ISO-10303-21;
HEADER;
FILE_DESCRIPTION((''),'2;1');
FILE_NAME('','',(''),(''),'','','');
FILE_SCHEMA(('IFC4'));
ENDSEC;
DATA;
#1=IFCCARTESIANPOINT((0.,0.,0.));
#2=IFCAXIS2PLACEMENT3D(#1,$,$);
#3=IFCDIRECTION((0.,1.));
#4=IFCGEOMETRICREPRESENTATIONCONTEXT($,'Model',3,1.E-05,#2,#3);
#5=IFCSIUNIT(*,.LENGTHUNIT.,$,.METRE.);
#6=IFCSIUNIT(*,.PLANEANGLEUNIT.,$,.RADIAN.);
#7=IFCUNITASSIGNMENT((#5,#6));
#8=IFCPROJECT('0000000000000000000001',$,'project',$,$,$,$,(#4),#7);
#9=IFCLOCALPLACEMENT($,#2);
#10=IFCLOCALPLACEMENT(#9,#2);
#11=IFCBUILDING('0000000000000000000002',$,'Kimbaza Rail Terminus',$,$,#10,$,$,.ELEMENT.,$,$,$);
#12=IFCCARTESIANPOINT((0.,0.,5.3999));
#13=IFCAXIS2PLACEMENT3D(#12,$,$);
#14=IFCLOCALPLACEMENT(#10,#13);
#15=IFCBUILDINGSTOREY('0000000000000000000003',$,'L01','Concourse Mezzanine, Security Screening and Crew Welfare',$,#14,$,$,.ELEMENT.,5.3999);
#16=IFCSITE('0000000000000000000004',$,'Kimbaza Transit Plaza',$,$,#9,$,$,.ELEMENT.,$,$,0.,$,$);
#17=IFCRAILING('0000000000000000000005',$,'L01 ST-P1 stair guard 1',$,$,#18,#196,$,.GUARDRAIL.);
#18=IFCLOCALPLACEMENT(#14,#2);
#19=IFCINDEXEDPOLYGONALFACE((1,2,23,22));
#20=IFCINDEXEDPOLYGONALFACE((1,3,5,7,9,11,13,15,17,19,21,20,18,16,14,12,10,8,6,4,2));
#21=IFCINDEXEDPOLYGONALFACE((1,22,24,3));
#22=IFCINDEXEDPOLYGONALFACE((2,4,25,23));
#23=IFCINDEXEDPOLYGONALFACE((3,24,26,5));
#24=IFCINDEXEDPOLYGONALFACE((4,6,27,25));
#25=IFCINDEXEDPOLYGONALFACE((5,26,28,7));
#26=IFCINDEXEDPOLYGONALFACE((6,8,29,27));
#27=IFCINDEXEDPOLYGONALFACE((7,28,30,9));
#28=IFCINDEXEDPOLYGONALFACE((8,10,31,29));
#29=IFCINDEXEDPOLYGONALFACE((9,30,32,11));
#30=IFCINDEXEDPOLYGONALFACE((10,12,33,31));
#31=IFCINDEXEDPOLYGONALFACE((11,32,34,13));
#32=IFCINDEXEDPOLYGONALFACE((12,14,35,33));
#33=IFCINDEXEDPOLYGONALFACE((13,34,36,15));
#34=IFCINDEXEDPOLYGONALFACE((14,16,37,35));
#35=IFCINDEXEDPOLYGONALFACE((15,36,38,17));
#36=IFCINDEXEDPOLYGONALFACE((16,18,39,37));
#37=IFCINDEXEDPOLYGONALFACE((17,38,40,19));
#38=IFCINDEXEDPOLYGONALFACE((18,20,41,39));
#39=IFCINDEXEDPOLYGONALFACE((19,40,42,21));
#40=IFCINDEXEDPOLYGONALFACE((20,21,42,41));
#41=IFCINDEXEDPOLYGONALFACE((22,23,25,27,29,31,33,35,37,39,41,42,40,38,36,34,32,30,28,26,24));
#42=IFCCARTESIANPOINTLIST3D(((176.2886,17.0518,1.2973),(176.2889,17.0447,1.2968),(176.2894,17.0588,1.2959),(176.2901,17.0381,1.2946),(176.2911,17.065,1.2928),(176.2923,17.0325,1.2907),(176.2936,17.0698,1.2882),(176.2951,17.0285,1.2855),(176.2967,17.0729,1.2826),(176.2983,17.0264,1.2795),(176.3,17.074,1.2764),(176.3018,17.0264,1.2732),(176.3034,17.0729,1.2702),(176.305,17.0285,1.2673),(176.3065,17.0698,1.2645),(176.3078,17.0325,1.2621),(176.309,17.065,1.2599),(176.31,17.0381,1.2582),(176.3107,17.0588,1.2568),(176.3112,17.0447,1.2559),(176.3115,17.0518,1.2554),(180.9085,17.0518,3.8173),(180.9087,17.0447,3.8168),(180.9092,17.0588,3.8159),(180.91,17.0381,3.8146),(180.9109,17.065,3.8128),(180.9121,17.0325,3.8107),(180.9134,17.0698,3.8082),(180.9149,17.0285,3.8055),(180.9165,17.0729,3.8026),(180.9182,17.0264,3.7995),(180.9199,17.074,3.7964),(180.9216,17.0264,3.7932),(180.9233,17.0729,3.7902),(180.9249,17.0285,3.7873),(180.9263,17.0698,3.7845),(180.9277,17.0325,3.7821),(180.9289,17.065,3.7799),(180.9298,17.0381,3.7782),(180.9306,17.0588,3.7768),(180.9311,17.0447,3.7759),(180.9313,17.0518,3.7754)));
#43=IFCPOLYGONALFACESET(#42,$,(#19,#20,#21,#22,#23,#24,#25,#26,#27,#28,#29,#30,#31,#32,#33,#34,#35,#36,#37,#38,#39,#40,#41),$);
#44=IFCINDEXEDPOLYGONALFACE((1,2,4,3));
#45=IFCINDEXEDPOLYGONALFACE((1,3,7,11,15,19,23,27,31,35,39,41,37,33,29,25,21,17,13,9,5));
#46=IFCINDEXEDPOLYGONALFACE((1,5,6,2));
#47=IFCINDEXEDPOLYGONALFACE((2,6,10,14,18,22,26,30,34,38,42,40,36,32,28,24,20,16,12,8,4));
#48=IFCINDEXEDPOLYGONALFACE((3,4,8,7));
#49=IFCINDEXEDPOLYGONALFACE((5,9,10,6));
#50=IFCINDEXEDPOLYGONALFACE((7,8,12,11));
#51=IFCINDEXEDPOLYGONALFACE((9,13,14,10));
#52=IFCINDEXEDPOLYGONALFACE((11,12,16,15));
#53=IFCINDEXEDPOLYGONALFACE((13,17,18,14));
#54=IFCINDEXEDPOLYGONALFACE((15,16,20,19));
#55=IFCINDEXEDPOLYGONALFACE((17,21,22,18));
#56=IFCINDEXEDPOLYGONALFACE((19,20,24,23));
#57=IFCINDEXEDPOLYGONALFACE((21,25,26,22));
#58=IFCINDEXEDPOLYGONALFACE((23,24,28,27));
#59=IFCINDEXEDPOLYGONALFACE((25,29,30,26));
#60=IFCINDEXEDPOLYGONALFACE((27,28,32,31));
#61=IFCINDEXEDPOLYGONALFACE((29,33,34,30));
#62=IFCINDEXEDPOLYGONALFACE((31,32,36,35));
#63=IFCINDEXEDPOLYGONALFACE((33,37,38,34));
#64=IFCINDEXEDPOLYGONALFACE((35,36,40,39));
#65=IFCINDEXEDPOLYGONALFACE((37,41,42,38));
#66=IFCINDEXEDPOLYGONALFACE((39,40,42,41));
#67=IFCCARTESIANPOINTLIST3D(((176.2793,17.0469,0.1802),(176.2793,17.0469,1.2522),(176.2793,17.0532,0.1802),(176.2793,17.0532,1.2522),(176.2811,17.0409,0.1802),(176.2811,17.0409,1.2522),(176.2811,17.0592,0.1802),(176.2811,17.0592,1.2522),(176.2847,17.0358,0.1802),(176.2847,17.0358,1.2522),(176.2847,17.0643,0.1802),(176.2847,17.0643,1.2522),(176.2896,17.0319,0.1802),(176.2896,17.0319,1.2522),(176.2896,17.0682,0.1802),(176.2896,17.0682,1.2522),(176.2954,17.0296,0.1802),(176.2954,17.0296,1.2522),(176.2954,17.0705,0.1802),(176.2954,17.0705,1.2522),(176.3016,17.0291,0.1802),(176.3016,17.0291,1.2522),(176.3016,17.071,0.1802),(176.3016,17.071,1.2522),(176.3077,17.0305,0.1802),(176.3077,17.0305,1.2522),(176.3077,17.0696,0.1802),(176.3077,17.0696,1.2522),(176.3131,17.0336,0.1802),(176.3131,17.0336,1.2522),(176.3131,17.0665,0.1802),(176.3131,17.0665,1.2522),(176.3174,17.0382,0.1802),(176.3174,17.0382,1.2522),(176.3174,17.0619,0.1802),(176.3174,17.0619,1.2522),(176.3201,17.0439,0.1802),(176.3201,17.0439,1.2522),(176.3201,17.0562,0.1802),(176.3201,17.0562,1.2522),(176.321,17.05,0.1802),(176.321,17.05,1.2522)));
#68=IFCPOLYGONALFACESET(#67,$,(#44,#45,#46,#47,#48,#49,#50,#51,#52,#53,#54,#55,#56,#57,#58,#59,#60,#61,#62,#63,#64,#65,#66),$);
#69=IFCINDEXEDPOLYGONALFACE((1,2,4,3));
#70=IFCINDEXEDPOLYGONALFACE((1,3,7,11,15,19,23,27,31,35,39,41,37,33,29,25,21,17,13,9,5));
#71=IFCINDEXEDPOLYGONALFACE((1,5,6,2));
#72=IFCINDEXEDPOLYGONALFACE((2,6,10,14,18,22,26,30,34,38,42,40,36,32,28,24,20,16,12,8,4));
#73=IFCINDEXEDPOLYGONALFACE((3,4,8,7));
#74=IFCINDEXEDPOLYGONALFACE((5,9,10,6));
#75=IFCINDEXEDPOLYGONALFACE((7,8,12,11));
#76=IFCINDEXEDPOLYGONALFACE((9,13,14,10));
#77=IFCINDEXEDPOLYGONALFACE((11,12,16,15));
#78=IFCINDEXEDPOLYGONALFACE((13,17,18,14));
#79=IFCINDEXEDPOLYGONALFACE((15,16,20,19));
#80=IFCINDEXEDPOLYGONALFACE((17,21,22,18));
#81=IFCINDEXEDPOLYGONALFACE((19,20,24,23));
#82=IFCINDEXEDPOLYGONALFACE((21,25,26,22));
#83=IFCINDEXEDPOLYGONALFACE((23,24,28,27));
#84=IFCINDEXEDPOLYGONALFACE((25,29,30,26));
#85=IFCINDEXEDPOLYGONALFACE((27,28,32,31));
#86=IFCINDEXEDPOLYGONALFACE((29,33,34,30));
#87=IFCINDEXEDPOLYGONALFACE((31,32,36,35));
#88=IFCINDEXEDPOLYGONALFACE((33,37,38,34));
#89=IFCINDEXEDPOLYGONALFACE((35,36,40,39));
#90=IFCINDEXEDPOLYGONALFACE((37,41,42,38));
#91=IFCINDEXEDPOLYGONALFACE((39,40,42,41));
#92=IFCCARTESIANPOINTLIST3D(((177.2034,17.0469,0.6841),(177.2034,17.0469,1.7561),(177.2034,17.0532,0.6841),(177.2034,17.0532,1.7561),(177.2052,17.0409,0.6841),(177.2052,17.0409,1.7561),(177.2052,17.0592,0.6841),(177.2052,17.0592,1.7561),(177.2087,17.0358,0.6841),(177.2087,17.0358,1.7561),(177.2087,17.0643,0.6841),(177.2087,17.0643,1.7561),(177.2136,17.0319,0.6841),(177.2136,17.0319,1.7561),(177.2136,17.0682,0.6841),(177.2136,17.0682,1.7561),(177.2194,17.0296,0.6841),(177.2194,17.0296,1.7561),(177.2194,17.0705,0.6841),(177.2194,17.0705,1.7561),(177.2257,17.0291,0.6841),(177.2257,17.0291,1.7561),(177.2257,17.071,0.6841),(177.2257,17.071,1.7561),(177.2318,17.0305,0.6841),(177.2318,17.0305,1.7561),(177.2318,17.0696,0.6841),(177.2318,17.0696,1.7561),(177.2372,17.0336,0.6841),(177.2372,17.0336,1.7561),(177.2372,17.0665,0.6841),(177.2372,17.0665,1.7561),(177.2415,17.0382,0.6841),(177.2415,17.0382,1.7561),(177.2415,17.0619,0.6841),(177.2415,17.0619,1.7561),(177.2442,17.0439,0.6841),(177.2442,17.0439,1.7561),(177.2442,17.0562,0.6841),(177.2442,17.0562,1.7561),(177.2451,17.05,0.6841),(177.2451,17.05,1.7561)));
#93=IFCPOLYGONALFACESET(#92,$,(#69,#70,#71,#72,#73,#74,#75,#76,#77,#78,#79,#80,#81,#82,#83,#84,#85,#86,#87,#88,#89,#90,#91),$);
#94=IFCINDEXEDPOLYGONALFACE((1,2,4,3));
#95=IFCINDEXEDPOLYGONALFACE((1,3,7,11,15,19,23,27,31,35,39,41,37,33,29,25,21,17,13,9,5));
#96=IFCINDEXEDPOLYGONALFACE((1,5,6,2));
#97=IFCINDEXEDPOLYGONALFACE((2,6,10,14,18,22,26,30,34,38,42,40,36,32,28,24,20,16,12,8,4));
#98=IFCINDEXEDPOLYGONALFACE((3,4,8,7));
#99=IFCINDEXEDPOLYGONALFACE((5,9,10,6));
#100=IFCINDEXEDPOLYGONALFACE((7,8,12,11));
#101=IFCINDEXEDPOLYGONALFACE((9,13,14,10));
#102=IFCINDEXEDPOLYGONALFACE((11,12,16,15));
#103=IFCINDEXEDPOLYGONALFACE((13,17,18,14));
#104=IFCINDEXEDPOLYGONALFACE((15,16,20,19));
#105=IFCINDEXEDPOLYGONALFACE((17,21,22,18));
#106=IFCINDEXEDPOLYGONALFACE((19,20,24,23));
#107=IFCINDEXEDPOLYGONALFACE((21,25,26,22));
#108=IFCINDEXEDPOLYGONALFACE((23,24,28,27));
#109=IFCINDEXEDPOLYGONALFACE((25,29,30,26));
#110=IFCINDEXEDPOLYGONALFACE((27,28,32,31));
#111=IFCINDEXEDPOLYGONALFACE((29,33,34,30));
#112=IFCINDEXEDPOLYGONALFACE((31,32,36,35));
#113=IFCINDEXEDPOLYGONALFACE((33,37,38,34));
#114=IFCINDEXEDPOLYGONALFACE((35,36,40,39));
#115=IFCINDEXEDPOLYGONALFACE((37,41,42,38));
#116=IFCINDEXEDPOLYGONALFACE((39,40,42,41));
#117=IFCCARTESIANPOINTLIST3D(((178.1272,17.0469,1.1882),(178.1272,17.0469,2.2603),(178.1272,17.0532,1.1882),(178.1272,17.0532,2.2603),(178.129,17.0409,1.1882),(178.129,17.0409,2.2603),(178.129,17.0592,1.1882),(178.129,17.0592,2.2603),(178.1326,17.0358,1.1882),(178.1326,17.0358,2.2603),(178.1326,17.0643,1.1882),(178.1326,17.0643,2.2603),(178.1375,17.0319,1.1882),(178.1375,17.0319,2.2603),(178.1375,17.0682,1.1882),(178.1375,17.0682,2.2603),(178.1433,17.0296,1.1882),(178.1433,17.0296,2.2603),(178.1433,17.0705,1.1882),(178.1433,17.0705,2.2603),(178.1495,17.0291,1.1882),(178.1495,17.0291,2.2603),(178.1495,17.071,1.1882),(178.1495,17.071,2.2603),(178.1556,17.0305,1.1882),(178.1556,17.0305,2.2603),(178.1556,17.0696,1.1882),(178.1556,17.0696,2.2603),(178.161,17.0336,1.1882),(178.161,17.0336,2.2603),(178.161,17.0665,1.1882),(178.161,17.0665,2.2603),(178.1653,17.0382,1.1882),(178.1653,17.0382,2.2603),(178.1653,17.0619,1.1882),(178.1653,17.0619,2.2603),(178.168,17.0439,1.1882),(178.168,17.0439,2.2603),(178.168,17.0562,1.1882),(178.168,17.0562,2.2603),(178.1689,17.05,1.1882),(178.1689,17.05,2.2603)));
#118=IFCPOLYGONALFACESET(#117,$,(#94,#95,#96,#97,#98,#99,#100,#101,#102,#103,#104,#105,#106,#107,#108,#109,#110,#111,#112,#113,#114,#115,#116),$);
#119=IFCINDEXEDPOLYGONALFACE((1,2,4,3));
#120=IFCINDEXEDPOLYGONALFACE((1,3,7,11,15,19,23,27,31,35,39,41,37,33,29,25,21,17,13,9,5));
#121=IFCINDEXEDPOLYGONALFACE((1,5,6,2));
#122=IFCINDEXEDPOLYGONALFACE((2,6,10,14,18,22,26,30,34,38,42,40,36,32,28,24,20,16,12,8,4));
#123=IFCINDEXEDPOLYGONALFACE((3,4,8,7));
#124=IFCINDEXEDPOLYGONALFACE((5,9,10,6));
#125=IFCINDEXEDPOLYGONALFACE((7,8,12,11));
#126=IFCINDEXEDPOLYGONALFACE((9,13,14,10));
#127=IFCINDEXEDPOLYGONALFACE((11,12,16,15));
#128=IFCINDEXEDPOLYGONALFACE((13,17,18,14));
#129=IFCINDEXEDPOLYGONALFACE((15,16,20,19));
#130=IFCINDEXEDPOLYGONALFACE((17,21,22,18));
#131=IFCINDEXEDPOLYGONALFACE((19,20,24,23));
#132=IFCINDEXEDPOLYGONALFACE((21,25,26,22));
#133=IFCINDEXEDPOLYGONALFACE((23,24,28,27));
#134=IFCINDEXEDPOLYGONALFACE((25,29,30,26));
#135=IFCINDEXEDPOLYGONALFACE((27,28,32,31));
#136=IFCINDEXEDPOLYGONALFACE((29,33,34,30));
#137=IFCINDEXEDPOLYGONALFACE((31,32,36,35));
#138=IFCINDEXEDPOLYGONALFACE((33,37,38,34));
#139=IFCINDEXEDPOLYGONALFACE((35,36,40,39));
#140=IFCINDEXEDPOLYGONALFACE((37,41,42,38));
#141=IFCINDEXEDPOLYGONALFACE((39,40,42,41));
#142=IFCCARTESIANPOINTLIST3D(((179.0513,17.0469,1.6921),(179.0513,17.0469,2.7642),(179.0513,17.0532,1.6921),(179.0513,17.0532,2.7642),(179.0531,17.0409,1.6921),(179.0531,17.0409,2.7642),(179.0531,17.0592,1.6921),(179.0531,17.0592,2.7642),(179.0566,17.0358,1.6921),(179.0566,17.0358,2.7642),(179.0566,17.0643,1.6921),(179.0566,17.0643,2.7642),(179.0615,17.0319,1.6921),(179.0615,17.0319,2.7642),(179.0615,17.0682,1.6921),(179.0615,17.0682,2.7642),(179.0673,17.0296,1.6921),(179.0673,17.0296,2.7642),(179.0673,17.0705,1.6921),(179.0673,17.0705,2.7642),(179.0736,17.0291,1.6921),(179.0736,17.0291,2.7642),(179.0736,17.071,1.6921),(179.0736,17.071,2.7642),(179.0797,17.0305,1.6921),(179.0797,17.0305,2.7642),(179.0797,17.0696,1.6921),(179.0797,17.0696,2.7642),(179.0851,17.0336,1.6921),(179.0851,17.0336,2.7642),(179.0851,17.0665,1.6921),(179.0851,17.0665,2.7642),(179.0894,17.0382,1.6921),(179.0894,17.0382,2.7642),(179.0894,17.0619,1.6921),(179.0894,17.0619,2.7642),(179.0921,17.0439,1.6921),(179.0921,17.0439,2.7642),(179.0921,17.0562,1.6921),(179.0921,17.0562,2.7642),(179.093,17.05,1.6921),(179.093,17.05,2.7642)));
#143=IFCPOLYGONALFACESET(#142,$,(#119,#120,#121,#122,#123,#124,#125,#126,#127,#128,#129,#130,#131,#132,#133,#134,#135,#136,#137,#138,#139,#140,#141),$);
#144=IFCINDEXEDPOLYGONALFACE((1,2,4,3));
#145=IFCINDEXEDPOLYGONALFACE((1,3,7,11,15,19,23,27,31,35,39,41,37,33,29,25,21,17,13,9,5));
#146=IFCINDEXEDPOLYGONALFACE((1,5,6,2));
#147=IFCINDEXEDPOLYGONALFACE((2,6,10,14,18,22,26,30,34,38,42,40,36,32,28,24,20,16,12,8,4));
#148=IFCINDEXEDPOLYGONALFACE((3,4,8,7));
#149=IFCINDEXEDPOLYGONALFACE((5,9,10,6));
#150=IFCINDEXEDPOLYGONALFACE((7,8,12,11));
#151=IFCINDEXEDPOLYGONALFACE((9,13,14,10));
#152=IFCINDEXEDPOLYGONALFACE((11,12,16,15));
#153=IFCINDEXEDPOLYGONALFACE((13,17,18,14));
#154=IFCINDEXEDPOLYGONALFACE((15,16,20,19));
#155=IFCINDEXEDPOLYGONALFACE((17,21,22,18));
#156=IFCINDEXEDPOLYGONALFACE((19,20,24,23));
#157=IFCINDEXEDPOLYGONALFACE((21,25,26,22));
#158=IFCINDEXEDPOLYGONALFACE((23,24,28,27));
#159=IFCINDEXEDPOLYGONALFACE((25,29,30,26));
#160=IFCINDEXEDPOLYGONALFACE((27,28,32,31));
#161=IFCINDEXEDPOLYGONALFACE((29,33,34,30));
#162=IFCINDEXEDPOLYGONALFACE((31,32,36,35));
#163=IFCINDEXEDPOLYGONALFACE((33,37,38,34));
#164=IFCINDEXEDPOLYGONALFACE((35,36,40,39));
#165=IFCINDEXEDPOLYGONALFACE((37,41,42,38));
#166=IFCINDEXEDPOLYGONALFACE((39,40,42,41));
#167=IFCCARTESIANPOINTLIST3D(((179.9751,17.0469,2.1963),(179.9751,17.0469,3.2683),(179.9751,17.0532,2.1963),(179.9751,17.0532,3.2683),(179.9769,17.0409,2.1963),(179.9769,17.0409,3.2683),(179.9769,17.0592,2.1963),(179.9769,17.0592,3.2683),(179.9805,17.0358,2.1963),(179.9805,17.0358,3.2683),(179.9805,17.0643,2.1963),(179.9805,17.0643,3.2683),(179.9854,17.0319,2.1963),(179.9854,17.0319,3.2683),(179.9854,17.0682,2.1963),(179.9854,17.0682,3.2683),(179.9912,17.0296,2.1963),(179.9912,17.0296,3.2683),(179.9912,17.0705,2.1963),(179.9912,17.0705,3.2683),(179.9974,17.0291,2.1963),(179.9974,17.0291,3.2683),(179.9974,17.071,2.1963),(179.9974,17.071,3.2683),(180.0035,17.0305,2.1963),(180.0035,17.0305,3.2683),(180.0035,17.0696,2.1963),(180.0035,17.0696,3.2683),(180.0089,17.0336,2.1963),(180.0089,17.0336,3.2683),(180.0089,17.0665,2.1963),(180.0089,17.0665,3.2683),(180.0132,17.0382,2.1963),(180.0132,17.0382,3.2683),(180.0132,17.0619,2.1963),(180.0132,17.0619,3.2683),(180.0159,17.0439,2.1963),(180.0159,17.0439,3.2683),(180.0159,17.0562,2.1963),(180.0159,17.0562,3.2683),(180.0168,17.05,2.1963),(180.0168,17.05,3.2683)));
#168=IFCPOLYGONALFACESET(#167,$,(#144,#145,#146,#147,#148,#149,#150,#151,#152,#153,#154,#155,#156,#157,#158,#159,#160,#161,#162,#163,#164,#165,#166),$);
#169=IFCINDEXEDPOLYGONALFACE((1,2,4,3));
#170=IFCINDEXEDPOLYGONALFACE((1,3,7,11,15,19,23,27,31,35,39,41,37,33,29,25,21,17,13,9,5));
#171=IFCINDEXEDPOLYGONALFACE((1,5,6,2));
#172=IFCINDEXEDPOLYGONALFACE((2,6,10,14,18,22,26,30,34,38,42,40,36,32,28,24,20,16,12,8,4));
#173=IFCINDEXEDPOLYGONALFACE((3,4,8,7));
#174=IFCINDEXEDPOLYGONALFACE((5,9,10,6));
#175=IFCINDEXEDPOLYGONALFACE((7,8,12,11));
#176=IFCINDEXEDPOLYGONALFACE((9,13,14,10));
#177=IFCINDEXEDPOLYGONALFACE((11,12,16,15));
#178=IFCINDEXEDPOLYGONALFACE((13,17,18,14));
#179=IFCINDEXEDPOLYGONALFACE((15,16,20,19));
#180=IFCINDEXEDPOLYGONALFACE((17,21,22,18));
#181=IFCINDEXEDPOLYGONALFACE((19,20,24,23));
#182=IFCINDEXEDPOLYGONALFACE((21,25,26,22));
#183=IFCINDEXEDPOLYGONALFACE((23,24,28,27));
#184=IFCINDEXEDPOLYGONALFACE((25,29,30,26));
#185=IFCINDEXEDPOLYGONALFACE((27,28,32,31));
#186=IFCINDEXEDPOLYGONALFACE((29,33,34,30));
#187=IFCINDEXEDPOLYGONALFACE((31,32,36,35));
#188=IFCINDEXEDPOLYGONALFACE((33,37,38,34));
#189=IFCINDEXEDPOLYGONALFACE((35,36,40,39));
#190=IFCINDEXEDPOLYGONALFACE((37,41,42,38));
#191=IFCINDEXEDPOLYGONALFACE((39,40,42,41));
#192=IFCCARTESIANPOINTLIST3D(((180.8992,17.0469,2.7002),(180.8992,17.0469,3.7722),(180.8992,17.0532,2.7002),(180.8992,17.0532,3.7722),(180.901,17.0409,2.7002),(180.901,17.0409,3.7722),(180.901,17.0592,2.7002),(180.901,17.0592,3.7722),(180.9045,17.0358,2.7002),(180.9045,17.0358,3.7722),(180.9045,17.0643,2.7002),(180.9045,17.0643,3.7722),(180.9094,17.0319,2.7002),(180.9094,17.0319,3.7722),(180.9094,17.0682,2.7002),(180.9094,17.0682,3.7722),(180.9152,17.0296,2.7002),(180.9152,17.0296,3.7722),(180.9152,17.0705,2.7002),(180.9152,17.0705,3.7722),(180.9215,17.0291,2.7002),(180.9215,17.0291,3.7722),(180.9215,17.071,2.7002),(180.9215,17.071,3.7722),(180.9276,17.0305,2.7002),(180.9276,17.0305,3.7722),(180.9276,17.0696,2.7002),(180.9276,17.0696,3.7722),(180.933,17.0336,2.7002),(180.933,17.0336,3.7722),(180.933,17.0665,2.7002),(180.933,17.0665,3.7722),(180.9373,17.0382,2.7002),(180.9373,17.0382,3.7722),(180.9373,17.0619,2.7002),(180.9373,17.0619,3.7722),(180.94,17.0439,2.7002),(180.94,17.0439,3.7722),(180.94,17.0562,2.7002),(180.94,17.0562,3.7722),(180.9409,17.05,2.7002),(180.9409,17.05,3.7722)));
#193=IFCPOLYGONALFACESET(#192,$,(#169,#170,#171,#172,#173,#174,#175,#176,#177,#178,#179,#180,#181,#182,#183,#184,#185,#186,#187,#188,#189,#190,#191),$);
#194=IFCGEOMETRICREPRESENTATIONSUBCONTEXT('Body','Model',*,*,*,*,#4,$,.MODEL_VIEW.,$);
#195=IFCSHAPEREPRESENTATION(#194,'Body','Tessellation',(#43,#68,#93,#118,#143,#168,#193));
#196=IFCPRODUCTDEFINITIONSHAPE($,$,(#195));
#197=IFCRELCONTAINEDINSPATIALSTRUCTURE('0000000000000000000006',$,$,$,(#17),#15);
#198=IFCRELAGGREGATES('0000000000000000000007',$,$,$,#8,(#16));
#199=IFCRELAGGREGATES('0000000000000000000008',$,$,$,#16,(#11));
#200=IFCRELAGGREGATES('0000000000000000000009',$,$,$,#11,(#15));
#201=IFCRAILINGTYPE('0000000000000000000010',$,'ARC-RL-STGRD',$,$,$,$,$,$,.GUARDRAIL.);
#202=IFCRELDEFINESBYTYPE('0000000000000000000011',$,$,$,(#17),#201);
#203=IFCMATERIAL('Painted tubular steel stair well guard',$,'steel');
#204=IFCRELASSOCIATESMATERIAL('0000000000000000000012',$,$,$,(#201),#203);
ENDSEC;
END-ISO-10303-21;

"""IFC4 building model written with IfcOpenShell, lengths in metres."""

from ifc_helpers import new_model, si_unit, direction, frame, origin, origin_2d, place, context, subcontext, project, spatial, circle, extrude, material, type_object, element, save


model = new_model("IFC4")

# Units and contexts
model_context = context("Model", 3, precision=1e-05, world=origin(), true_north=direction((0.0, 1.0)))
body_context = subcontext(model_context, "Body", "Model", "MODEL_VIEW")
ifc_project = project(units=[si_unit("LENGTHUNIT", "METRE"), si_unit("PLANEANGLEUNIT", "RADIAN")], contexts=[model_context])

# Site, building, storey
site_placement = place(None, origin())
site = spatial("IfcSite", under=ifc_project, at=site_placement, Name="Kimbaza Transit Plaza", CompositionType="ELEMENT", RefElevation=0.0)
building_placement = place(site_placement, origin())
building = spatial("IfcBuilding", under=site, at=building_placement, Name="Kimbaza Rail Terminus", CompositionType="ELEMENT")
storey_placement = place(building_placement, frame((0.0, 0.0, 5.3999)))
storey = spatial("IfcBuildingStorey", under=building, at=storey_placement, Name="L01", Description="Concourse Mezzanine, Security Screening and Crew Welfare", CompositionType="ELEMENT", Elevation=5.3999)

# Railing
ifc_material_1 = material(Name="Painted tubular steel stair well guard", Category="steel")
railing_type_1 = type_object("IfcRailingType", Name="ARC-RL-STGRD", PredefinedType="GUARDRAIL", material=ifc_material_1)
railing_1_placement = place(storey_placement, frame((176.3, 17.05, 0.1802)))
element("IfcRailing", 1, at=railing_1_placement, inside=storey, type_object=railing_type_1, Name="L01 ST-P1 stair guard 1", PredefinedType="GUARDRAIL", context=body_context, shape_type="SweptSolid", body=[
    extrude(circle(Radius=0.0239, at=origin_2d()), frame((0.0, 0.0, 1.0962), z_axis=(0.877888, 0.0, 0.478865), x_axis=(0.0, 1.0, 0.0)), (0.0, 0.0, 1.0), 5.2625),
    extrude(circle(Radius=0.021, at=origin_2d()), origin(), (0.0, 0.0, 1.0), 1.072),
    extrude(circle(Radius=0.021, at=origin_2d()), frame((0.9241, 0.0, 0.5039)), (0.0, 0.0, 1.0), 1.072),
    extrude(circle(Radius=0.021, at=origin_2d()), frame((1.8479, 0.0, 1.0081)), (0.0, 0.0, 1.0), 1.072),
    extrude(circle(Radius=0.021, at=origin_2d()), frame((2.772, 0.0, 1.512)), (0.0, 0.0, 1.0), 1.072),
    extrude(circle(Radius=0.021, at=origin_2d()), frame((3.6958, 0.0, 2.0161)), (0.0, 0.0, 1.0), 1.072),
    extrude(circle(Radius=0.021, at=origin_2d()), frame((4.6199, 0.0, 2.52)), (0.0, 0.0, 1.0), 1.072),
])

save(model, "model.ifc")
